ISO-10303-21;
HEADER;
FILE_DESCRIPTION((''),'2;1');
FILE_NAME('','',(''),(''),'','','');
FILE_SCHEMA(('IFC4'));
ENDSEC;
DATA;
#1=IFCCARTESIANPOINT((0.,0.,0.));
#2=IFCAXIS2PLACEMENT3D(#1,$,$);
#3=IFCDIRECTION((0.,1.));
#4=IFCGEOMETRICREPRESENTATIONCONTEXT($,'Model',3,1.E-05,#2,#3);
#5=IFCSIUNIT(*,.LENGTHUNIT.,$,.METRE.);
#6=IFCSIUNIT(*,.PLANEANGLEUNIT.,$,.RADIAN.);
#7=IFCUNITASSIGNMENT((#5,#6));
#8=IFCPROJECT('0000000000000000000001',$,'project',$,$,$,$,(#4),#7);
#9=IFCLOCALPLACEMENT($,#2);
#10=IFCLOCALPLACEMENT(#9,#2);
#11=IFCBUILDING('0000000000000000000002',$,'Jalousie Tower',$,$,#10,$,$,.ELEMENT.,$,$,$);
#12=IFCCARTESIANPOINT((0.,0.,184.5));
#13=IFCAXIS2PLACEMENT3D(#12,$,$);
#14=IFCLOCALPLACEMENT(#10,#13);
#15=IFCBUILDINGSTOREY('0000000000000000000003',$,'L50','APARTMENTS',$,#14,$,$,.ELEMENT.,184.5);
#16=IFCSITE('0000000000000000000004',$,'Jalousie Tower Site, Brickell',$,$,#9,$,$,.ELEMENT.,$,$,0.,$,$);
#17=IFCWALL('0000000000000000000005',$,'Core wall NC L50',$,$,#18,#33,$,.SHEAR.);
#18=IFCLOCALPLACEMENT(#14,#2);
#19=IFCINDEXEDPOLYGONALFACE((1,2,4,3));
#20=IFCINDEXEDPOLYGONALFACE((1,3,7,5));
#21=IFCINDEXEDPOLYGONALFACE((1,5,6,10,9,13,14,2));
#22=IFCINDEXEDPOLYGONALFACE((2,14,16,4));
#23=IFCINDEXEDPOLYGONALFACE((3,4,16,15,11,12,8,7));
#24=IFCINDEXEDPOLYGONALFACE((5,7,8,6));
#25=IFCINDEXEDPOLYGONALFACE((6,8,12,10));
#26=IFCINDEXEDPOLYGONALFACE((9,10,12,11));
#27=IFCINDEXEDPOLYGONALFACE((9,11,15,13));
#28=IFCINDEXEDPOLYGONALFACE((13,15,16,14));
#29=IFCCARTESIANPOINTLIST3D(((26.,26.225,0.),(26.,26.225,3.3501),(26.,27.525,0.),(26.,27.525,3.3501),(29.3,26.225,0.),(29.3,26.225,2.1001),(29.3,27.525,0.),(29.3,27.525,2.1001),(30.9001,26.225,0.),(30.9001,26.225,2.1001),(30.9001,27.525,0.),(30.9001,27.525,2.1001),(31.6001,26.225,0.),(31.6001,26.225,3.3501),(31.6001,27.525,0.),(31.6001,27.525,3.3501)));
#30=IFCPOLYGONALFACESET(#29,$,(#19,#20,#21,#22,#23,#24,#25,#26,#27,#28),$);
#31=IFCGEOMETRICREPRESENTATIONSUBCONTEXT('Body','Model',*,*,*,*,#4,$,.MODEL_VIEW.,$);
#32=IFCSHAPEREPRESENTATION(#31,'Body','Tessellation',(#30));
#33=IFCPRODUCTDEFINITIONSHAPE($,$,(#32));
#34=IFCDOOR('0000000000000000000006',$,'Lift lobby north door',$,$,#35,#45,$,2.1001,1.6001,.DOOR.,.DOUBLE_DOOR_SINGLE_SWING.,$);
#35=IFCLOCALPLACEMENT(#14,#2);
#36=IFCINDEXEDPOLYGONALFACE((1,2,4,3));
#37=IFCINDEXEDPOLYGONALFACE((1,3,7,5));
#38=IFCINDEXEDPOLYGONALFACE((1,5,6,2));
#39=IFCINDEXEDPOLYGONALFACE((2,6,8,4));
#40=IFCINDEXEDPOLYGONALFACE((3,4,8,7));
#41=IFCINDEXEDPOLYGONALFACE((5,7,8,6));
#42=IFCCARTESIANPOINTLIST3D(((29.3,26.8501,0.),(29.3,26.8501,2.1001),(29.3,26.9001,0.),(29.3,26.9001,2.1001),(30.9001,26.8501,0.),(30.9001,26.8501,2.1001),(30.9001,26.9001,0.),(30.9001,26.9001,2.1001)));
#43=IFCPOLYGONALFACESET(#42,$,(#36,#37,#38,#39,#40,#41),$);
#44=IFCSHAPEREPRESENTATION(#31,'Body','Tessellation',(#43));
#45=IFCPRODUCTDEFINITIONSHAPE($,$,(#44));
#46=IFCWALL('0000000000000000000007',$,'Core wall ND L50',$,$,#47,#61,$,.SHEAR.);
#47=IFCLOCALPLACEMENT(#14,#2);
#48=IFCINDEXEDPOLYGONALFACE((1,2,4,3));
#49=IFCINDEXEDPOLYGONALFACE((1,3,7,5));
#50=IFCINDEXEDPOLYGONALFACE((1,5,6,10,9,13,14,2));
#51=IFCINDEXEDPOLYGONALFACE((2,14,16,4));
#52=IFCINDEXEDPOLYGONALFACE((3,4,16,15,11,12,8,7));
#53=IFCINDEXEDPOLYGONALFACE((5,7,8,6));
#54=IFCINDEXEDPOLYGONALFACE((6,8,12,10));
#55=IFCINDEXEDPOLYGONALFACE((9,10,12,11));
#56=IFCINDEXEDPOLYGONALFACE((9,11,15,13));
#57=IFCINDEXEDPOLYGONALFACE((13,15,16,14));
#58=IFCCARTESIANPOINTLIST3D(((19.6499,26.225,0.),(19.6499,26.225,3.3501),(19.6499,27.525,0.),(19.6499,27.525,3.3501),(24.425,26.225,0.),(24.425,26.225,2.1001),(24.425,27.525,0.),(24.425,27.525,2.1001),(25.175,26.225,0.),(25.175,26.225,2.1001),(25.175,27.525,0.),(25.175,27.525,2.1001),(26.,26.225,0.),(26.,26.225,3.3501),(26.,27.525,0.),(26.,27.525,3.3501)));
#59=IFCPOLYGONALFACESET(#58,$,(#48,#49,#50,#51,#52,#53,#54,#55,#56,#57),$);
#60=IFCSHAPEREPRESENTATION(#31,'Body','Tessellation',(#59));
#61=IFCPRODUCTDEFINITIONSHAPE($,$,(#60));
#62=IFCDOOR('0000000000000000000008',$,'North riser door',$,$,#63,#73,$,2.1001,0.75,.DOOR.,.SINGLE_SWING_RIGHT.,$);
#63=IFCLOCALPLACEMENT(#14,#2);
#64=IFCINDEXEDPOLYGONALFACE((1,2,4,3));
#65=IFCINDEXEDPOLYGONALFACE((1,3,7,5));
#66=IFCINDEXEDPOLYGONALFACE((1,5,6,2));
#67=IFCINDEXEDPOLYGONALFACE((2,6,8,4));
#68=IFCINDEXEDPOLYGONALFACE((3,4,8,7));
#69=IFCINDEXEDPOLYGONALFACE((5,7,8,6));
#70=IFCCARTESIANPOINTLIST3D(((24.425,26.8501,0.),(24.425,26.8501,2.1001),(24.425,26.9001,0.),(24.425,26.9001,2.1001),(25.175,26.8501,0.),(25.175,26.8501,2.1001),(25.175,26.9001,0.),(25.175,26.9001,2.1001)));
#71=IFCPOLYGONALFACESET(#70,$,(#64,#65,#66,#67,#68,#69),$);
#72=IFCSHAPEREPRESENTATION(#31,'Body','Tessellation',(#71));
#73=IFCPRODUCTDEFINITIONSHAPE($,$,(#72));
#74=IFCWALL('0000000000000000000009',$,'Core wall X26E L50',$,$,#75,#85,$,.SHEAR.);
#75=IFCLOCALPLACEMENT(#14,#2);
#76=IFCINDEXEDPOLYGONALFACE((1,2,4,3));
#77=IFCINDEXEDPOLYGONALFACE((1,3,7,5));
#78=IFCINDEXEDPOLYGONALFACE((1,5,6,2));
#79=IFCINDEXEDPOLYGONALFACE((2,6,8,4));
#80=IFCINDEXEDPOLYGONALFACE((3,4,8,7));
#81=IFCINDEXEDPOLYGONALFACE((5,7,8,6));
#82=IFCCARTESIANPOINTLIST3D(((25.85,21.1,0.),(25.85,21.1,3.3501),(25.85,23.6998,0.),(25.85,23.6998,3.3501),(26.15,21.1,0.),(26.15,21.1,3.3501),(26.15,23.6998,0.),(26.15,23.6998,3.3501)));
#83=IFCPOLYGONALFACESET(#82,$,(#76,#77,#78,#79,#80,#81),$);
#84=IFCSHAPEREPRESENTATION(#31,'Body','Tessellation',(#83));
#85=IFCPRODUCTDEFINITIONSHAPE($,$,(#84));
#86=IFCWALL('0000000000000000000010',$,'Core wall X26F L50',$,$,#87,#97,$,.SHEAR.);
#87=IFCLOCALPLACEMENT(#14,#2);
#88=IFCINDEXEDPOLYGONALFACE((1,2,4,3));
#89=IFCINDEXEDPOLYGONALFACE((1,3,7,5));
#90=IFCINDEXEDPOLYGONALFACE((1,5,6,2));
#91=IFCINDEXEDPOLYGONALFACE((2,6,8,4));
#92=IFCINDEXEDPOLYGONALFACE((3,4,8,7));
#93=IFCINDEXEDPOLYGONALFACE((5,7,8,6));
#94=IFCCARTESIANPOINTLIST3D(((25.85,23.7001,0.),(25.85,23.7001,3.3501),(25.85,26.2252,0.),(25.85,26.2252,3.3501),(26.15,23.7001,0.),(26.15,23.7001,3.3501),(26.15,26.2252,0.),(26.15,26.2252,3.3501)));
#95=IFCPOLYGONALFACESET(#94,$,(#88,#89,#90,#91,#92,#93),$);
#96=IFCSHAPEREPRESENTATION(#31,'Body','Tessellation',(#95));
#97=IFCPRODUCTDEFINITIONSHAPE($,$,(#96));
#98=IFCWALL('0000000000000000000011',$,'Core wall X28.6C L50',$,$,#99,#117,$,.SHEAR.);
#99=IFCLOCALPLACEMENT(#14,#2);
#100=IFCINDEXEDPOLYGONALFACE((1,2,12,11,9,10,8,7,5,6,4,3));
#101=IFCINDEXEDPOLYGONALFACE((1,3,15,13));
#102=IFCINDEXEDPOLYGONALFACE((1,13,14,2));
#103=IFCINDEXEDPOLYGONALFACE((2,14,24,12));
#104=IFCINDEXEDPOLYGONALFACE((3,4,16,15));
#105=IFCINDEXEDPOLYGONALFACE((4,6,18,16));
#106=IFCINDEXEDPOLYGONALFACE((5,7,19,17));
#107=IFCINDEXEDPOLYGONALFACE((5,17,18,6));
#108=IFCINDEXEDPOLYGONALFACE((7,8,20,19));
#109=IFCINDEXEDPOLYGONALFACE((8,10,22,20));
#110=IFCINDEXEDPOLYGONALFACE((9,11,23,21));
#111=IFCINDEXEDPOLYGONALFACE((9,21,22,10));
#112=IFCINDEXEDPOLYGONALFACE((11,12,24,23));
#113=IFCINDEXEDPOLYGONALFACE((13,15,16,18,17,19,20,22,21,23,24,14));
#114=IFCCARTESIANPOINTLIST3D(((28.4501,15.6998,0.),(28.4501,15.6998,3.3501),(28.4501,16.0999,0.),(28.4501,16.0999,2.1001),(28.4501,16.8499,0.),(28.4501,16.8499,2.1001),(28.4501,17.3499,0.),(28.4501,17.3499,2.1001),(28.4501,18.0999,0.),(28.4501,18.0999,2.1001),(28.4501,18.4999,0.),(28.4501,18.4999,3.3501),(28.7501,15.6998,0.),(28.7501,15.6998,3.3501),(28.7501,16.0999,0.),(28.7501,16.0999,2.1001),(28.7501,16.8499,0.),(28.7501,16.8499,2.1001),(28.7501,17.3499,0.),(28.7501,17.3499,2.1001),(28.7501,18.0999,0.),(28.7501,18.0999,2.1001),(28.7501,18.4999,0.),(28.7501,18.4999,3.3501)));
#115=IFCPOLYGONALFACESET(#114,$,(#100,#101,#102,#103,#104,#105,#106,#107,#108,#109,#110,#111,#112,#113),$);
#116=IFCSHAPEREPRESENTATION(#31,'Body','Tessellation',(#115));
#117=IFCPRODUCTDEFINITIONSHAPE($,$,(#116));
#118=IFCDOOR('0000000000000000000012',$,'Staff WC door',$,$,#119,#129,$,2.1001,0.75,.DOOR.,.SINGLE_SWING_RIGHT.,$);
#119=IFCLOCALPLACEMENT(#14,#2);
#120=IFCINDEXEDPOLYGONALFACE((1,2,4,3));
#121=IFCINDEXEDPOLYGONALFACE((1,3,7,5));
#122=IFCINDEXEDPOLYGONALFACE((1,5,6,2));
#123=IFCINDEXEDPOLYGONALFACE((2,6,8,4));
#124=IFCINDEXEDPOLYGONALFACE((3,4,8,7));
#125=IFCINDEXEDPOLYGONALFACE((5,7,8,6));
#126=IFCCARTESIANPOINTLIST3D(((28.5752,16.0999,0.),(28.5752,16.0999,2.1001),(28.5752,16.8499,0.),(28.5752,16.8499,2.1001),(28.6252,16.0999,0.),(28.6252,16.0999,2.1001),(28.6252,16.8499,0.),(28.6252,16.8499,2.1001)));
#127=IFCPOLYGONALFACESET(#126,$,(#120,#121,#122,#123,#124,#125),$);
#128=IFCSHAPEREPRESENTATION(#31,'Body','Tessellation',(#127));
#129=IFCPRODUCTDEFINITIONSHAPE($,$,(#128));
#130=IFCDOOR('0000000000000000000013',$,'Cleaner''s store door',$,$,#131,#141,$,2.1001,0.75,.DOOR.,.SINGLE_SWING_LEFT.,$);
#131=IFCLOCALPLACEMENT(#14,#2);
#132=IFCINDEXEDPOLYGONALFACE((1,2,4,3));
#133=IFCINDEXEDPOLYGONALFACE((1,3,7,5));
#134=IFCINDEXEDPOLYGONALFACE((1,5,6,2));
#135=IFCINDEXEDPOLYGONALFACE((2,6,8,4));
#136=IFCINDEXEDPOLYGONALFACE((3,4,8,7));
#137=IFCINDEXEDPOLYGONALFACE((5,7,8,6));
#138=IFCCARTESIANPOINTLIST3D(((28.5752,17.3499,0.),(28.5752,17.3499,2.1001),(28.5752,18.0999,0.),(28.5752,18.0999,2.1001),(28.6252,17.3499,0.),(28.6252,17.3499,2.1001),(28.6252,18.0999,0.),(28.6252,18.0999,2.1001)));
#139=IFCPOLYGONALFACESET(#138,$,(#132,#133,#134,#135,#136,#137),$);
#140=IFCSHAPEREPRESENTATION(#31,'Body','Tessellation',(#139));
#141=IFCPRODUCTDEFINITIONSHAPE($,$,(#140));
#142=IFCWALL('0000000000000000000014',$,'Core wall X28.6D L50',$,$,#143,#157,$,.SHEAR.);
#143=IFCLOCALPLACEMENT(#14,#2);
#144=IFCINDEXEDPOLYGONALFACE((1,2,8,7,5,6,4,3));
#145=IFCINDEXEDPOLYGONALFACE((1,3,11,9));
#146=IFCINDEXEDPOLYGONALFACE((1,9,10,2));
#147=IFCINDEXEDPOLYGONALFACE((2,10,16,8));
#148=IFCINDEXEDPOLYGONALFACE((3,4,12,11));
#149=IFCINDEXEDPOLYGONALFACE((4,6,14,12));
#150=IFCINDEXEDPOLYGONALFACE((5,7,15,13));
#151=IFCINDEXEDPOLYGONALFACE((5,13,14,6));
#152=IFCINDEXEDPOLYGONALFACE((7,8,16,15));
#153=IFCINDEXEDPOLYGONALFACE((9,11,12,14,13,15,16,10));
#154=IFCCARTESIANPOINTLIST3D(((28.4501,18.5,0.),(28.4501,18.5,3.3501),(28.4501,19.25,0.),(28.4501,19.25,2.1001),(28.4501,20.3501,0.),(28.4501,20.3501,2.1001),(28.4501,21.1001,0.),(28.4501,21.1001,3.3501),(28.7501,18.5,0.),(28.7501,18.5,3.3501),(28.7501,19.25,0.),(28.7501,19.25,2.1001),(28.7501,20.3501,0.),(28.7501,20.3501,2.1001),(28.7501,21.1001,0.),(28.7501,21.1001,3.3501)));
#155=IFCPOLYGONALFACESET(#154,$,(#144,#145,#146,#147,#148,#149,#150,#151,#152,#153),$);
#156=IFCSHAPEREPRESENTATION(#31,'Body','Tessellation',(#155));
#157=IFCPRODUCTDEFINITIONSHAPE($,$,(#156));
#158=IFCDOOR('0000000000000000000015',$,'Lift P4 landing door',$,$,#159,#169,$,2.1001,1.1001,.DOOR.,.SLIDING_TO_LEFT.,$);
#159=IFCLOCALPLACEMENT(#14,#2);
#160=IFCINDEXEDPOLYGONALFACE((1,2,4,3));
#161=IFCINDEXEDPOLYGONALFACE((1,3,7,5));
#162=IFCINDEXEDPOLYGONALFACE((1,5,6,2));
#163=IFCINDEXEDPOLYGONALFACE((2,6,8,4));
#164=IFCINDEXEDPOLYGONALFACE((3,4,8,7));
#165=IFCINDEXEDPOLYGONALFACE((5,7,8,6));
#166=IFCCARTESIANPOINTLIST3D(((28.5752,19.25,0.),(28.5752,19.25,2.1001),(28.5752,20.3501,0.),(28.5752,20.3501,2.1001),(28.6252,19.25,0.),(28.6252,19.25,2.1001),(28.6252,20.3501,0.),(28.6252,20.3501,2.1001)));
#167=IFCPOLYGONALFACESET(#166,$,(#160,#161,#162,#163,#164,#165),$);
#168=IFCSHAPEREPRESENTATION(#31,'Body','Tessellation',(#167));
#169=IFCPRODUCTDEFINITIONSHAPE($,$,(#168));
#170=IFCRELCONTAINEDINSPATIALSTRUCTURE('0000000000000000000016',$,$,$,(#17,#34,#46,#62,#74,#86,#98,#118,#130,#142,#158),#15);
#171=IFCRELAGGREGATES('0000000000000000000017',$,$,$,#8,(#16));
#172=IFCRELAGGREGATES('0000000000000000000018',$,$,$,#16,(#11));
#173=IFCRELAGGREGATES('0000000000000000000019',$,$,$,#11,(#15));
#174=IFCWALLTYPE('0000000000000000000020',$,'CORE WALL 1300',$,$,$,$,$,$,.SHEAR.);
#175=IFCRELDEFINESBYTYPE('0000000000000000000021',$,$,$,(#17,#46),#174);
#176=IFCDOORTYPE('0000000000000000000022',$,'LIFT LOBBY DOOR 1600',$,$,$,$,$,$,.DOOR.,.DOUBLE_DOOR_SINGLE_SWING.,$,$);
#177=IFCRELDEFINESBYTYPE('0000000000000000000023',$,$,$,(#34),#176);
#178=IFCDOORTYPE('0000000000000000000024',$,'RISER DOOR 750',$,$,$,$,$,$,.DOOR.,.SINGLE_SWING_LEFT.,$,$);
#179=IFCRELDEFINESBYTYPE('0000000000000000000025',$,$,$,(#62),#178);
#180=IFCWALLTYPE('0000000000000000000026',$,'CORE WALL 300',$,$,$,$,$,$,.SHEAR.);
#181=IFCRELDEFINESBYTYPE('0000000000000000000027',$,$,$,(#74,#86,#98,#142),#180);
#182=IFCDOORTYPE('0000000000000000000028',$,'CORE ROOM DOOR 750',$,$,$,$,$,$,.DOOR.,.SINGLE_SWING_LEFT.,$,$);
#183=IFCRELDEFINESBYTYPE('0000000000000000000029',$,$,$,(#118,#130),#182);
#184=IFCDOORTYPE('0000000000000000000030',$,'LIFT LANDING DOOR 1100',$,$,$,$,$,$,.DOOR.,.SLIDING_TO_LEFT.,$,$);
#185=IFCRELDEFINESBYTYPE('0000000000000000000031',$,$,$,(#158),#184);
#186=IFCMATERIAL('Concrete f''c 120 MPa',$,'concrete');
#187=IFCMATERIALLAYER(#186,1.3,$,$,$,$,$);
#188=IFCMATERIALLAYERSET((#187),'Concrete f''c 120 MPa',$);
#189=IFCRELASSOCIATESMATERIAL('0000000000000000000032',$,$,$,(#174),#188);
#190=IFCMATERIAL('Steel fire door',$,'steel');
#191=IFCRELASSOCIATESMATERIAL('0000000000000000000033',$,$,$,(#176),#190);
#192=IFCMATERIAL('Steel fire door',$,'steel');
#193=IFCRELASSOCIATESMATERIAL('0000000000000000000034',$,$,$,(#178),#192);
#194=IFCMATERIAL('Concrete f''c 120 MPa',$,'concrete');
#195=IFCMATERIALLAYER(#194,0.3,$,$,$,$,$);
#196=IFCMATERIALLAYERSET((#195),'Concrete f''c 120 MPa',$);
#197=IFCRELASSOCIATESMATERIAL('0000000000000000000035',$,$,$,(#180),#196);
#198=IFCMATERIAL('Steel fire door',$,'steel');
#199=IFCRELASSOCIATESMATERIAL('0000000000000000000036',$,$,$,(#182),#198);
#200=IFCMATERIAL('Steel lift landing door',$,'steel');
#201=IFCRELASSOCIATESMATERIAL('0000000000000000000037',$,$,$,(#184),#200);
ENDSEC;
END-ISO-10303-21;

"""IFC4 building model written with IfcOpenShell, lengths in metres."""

from ifc_helpers import new_model, si_unit, direction, frame, frame_2d, origin, place, context, subcontext, project, spatial, rectangle, extrude, material, layer, layer_set, type_object, element, fill, save


model = new_model("IFC4")

# Units and contexts
model_context = context("Model", 3, precision=1e-05, world=origin(), true_north=direction((0.0, 1.0)))
body_context = subcontext(model_context, "Body", "Model", "MODEL_VIEW")
ifc_project = project(units=[si_unit("LENGTHUNIT", "METRE"), si_unit("PLANEANGLEUNIT", "RADIAN")], contexts=[model_context])

# Site, building, storey
site_placement = place(None, origin())
site = spatial("IfcSite", under=ifc_project, at=site_placement, Name="Jalousie Tower Site, Brickell", CompositionType="ELEMENT", RefElevation=0.0)
building_placement = place(site_placement, origin())
building = spatial("IfcBuilding", under=site, at=building_placement, Name="Jalousie Tower", CompositionType="ELEMENT")
storey_placement = place(building_placement, frame((0.0, 0.0, 184.5)))
storey = spatial("IfcBuildingStorey", under=building, at=storey_placement, Name="L50", Description="APARTMENTS", CompositionType="ELEMENT", Elevation=184.5)

# Walls, openings, doors
ifc_material_1 = material(Name="Concrete f'c 120 MPa", Category="concrete")
ifc_layer_1 = layer(ifc_material_1, 1.3)
ifc_layer_set_1 = layer_set([ifc_layer_1], Name="Concrete f'c 120 MPa")
wall_type_1 = type_object("IfcWallType", Name="CORE WALL 1300", PredefinedType="SHEAR", material=ifc_layer_set_1)
wall_1_placement = place(storey_placement, frame((31.6001, 26.875, 0.0), z_axis=(0.0, 0.0, 1.0), x_axis=(-1.0, 0.0, 0.0)))
wall_1 = element("IfcWall", 1, at=wall_1_placement, inside=storey, type_object=wall_type_1, Name="Core wall NC L50", PredefinedType="SHEAR", context=body_context, shape_type="SweptSolid", body=[
    extrude(rectangle(XDim=5.6001, YDim=1.3, at=frame_2d((2.8, 0.0))), origin(), (0.0, 0.0, 1.0), 3.3501),
])
opening_1_placement = place(wall_1_placement, frame((0.7, 0.0, 0.0)))
opening_1 = element("IfcOpeningElement", 2, at=opening_1_placement, cuts=wall_1, PredefinedType="OPENING", context=body_context, shape_type="SweptSolid", body=[
    extrude(rectangle(XDim=1.6001, YDim=2.1001, at=frame_2d((0.8, 1.05))), frame((0.0, 0.6599, 0.0), z_axis=(0.0, -1.0, 0.0), x_axis=(1.0, 0.0, 0.0)), (0.0, 0.0, 1.0), 1.3201),
])
ifc_material_2 = material(Name="Steel fire door", Category="steel")
door_type_1 = type_object("IfcDoorType", Name="LIFT LOBBY DOOR 1600", OperationType="DOUBLE_DOOR_SINGLE_SWING", PredefinedType="DOOR", material=ifc_material_2)
door_1_placement = place(opening_1_placement, origin())
door_1 = element("IfcDoor", 3, at=door_1_placement, inside=storey, type_object=door_type_1, Name="Lift lobby north door", OperationType="DOUBLE_DOOR_SINGLE_SWING", OverallHeight=2.1001, OverallWidth=1.6001, PredefinedType="DOOR", context=body_context, shape_type="SweptSolid", body=[
    extrude(rectangle(XDim=1.6001, YDim=2.1001, at=frame_2d((0.8, 1.05))), frame((0.0, 0.0249, 0.0), z_axis=(0.0, -1.0, 0.0), x_axis=(1.0, 0.0, 0.0)), (0.0, 0.0, 1.0), 0.05),
])
fill(opening_1, door_1)
wall_2_placement = place(storey_placement, frame((26.0, 26.875, 0.0), z_axis=(0.0, 0.0, 1.0), x_axis=(-1.0, 0.0, 0.0)))
wall_2 = element("IfcWall", 4, at=wall_2_placement, inside=storey, type_object=wall_type_1, Name="Core wall ND L50", PredefinedType="SHEAR", context=body_context, shape_type="SweptSolid", body=[
    extrude(rectangle(XDim=6.3501, YDim=1.3, at=frame_2d((3.175, 0.0))), origin(), (0.0, 0.0, 1.0), 3.3501),
])
opening_2_placement = place(wall_2_placement, frame((0.825, 0.0, 0.0)))
opening_2 = element("IfcOpeningElement", 5, at=opening_2_placement, cuts=wall_2, PredefinedType="OPENING", context=body_context, shape_type="SweptSolid", body=[
    extrude(rectangle(XDim=0.75, YDim=2.1001, at=frame_2d((0.375, 1.05))), frame((0.0, 0.6599, 0.0), z_axis=(0.0, -1.0, 0.0), x_axis=(1.0, 0.0, 0.0)), (0.0, 0.0, 1.0), 1.3201),
])
ifc_material_3 = material(Name="Steel fire door", Category="steel")
door_type_2 = type_object("IfcDoorType", Name="RISER DOOR 750", OperationType="SINGLE_SWING_LEFT", PredefinedType="DOOR", material=ifc_material_3)
door_2_placement = place(opening_2_placement, origin())
door_2 = element("IfcDoor", 6, at=door_2_placement, inside=storey, type_object=door_type_2, Name="North riser door", OperationType="SINGLE_SWING_RIGHT", OverallHeight=2.1001, OverallWidth=0.75, PredefinedType="DOOR", context=body_context, shape_type="SweptSolid", body=[
    extrude(rectangle(XDim=0.75, YDim=2.1001, at=frame_2d((0.375, 1.05))), frame((0.0, 0.0249, 0.0), z_axis=(0.0, -1.0, 0.0), x_axis=(1.0, 0.0, 0.0)), (0.0, 0.0, 1.0), 0.05),
])
fill(opening_2, door_2)

# Walls
ifc_material_4 = material(Name="Concrete f'c 120 MPa", Category="concrete")
ifc_layer_2 = layer(ifc_material_4, 0.3)
ifc_layer_set_2 = layer_set([ifc_layer_2], Name="Concrete f'c 120 MPa")
wall_type_2 = type_object("IfcWallType", Name="CORE WALL 300", PredefinedType="SHEAR", material=ifc_layer_set_2)
wall_3_placement = place(storey_placement, frame((26.0, 21.1001, 0.0), z_axis=(0.0, 0.0, 1.0), x_axis=(0.0, 1.0, 0.0)))
element("IfcWall", 7, at=wall_3_placement, inside=storey, type_object=wall_type_2, Name="Core wall X26E L50", PredefinedType="SHEAR", context=body_context, shape_type="SweptSolid", body=[
    extrude(rectangle(XDim=2.5999, YDim=0.3, at=frame_2d((1.2998, 0.0))), origin(), (0.0, 0.0, 1.0), 3.3501),
])
wall_4_placement = place(storey_placement, frame((26.0, 23.7, 0.0), z_axis=(0.0, 0.0, 1.0), x_axis=(0.0, 1.0, 0.0)))
element("IfcWall", 8, at=wall_4_placement, inside=storey, type_object=wall_type_2, Name="Core wall X26F L50", PredefinedType="SHEAR", context=body_context, shape_type="SweptSolid", body=[
    extrude(rectangle(XDim=2.5251, YDim=0.3, at=frame_2d((1.2627, 0.0))), origin(), (0.0, 0.0, 1.0), 3.3501),
])

# Wall, openings, doors
wall_5_placement = place(storey_placement, frame((28.6001, 15.7, 0.0), z_axis=(0.0, 0.0, 1.0), x_axis=(0.0, 1.0, 0.0)))
wall_5 = element("IfcWall", 9, at=wall_5_placement, inside=storey, type_object=wall_type_2, Name="Core wall X28.6C L50", PredefinedType="SHEAR", context=body_context, shape_type="SweptSolid", body=[
    extrude(rectangle(XDim=2.8, YDim=0.3, at=frame_2d((1.3999, 0.0))), origin(), (0.0, 0.0, 1.0), 3.3501),
])
opening_3_placement = place(wall_5_placement, frame((0.3999, 0.0, 0.0)))
opening_3 = element("IfcOpeningElement", 10, at=opening_3_placement, cuts=wall_5, PredefinedType="OPENING", context=body_context, shape_type="SweptSolid", body=[
    extrude(rectangle(XDim=0.75, YDim=2.1001, at=frame_2d((0.375, 1.05))), frame((0.0, 0.1599, 0.0), z_axis=(0.0, -1.0, 0.0), x_axis=(1.0, 0.0, 0.0)), (0.0, 0.0, 1.0), 0.3201),
])
opening_4_placement = place(wall_5_placement, frame((1.6499, 0.0, 0.0)))
opening_4 = element("IfcOpeningElement", 11, at=opening_4_placement, cuts=wall_5, PredefinedType="OPENING", context=body_context, shape_type="SweptSolid", body=[
    extrude(rectangle(XDim=0.75, YDim=2.1001, at=frame_2d((0.375, 1.05))), frame((0.0, 0.1599, 0.0), z_axis=(0.0, -1.0, 0.0), x_axis=(1.0, 0.0, 0.0)), (0.0, 0.0, 1.0), 0.3201),
])
ifc_material_5 = material(Name="Steel fire door", Category="steel")
door_type_3 = type_object("IfcDoorType", Name="CORE ROOM DOOR 750", OperationType="SINGLE_SWING_LEFT", PredefinedType="DOOR", material=ifc_material_5)
door_3_placement = place(opening_3_placement, origin())
door_3 = element("IfcDoor", 12, at=door_3_placement, inside=storey, type_object=door_type_3, Name="Staff WC door", OperationType="SINGLE_SWING_RIGHT", OverallHeight=2.1001, OverallWidth=0.75, PredefinedType="DOOR", context=body_context, shape_type="SweptSolid", body=[
    extrude(rectangle(XDim=0.75, YDim=2.1001, at=frame_2d((0.375, 1.05))), frame((0.0, 0.0249, 0.0), z_axis=(0.0, -1.0, 0.0), x_axis=(1.0, 0.0, 0.0)), (0.0, 0.0, 1.0), 0.05),
])
fill(opening_3, door_3)
door_4_placement = place(opening_4_placement, origin())
door_4 = element("IfcDoor", 13, at=door_4_placement, inside=storey, type_object=door_type_3, Name="Cleaner's store door", OperationType="SINGLE_SWING_LEFT", OverallHeight=2.1001, OverallWidth=0.75, PredefinedType="DOOR", context=body_context, shape_type="SweptSolid", body=[
    extrude(rectangle(XDim=0.75, YDim=2.1001, at=frame_2d((0.375, 1.05))), frame((0.0, 0.0249, 0.0), z_axis=(0.0, -1.0, 0.0), x_axis=(1.0, 0.0, 0.0)), (0.0, 0.0, 1.0), 0.05),
])
fill(opening_4, door_4)

# Wall, opening, door
wall_6_placement = place(storey_placement, frame((28.6001, 18.5, 0.0), z_axis=(0.0, 0.0, 1.0), x_axis=(0.0, 1.0, 0.0)))
wall_6 = element("IfcWall", 14, at=wall_6_placement, inside=storey, type_object=wall_type_2, Name="Core wall X28.6D L50", PredefinedType="SHEAR", context=body_context, shape_type="SweptSolid", body=[
    extrude(rectangle(XDim=2.6001, YDim=0.3, at=frame_2d((1.3, 0.0))), origin(), (0.0, 0.0, 1.0), 3.3501),
])
opening_5_placement = place(wall_6_placement, frame((0.75, 0.0, 0.0)))
opening_5 = element("IfcOpeningElement", 15, at=opening_5_placement, cuts=wall_6, PredefinedType="OPENING", context=body_context, shape_type="SweptSolid", body=[
    extrude(rectangle(XDim=1.1001, YDim=2.1001, at=frame_2d((0.55, 1.05))), frame((0.0, 0.1599, 0.0), z_axis=(0.0, -1.0, 0.0), x_axis=(1.0, 0.0, 0.0)), (0.0, 0.0, 1.0), 0.3201),
])
ifc_material_6 = material(Name="Steel lift landing door", Category="steel")
door_type_4 = type_object("IfcDoorType", Name="LIFT LANDING DOOR 1100", OperationType="SLIDING_TO_LEFT", PredefinedType="DOOR", material=ifc_material_6)
door_5_placement = place(opening_5_placement, origin())
door_5 = element("IfcDoor", 16, at=door_5_placement, inside=storey, type_object=door_type_4, Name="Lift P4 landing door", OperationType="SLIDING_TO_LEFT", OverallHeight=2.1001, OverallWidth=1.1001, PredefinedType="DOOR", context=body_context, shape_type="SweptSolid", body=[
    extrude(rectangle(XDim=1.1001, YDim=2.1001, at=frame_2d((0.55, 1.05))), frame((0.0, 0.0249, 0.0), z_axis=(0.0, -1.0, 0.0), x_axis=(1.0, 0.0, 0.0)), (0.0, 0.0, 1.0), 0.05),
])
fill(opening_5, door_5)

save(model, "model.ifc")
